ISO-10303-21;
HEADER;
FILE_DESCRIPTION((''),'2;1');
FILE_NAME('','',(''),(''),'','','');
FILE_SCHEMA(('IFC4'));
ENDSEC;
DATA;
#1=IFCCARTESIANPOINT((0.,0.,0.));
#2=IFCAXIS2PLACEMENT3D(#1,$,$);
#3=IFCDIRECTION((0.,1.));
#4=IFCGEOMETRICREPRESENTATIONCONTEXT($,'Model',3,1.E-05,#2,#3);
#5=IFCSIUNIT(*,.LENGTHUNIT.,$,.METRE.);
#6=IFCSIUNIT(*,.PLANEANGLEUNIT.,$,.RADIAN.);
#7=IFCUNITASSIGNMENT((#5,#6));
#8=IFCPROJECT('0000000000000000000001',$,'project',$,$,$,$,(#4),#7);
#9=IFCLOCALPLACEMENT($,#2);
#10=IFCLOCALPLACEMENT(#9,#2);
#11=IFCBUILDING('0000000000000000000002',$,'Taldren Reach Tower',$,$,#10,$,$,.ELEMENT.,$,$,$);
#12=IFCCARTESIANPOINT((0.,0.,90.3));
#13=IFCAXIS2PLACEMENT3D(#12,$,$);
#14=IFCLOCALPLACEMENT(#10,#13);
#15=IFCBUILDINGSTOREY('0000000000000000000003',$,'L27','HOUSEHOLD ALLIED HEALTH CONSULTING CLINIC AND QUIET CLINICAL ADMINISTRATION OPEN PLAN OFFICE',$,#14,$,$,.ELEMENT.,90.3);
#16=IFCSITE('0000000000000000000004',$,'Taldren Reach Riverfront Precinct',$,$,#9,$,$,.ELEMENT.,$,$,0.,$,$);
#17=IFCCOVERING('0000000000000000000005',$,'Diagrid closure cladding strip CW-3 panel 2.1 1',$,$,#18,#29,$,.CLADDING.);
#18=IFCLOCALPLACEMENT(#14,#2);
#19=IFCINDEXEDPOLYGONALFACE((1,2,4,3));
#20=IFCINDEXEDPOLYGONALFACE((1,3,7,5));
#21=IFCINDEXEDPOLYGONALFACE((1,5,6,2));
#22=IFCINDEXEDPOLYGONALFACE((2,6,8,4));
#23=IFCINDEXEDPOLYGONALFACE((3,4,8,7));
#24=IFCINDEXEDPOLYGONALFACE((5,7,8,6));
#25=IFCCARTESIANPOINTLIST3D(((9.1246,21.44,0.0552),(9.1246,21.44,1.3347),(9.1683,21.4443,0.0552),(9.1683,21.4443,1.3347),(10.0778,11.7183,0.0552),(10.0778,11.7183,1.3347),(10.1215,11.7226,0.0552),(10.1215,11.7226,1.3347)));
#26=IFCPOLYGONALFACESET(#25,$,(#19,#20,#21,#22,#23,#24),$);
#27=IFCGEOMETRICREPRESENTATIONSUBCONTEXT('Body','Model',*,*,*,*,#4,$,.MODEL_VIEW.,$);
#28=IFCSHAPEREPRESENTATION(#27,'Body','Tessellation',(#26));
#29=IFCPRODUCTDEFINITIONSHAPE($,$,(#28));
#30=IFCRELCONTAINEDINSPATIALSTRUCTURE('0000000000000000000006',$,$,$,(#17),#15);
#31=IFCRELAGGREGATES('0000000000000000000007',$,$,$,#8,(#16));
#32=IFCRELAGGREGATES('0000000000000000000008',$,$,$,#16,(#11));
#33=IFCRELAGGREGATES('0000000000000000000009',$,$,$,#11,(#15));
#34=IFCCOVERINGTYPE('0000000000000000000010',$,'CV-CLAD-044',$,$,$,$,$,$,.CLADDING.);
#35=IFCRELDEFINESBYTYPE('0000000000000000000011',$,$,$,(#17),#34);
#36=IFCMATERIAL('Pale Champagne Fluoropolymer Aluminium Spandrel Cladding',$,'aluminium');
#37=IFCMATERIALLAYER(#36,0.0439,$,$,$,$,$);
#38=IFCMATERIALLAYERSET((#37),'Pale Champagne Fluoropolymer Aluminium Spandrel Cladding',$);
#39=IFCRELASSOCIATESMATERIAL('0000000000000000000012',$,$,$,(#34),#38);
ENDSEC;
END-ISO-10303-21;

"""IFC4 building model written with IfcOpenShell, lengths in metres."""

from ifc_helpers import new_model, si_unit, direction, frame, origin, origin_2d, place, context, subcontext, project, spatial, rectangle, extrude, source, transform, mapped, material, layer, layer_set, type_object, element, save


model = new_model("IFC4")

# Units and contexts
model_context = context("Model", 3, precision=1e-05, world=origin(), true_north=direction((0.0, 1.0)))
body_context = subcontext(model_context, "Body", "Model", "MODEL_VIEW")
ifc_project = project(units=[si_unit("LENGTHUNIT", "METRE"), si_unit("PLANEANGLEUNIT", "RADIAN")], contexts=[model_context])

# Site, building, storey
site_placement = place(None, origin())
site = spatial("IfcSite", under=ifc_project, at=site_placement, Name="Taldren Reach Riverfront Precinct", CompositionType="ELEMENT", RefElevation=0.0)
building_placement = place(site_placement, origin())
building = spatial("IfcBuilding", under=site, at=building_placement, Name="Taldren Reach Tower", CompositionType="ELEMENT")
storey_placement = place(building_placement, frame((0.0, 0.0, 90.3)))
storey = spatial("IfcBuildingStorey", under=building, at=storey_placement, Name="L27", Description="HOUSEHOLD ALLIED HEALTH CONSULTING CLINIC AND QUIET CLINICAL ADMINISTRATION OPEN PLAN OFFICE", CompositionType="ELEMENT", Elevation=90.3)

# Covering
ifc_material_1 = material(Name="Pale Champagne Fluoropolymer Aluminium Spandrel Cladding", Category="aluminium")
ifc_layer_1 = layer(ifc_material_1, 0.0439)
ifc_layer_set_1 = layer_set([ifc_layer_1], Name="Pale Champagne Fluoropolymer Aluminium Spandrel Cladding")
covering_type = type_object("IfcCoveringType", Name="CV-CLAD-044", PredefinedType="CLADDING", material=ifc_layer_set_1)
shared_shape_1 = source(origin(), body_context, "Body", "SweptSolid", [
    extrude(rectangle(XDim=9.7683, YDim=0.0439, at=origin_2d()), origin(), (0.0, 0.0, 1.0), 1.2795),
])
covering_1_placement = place(storey_placement, frame((9.623, 16.5813, 0.0552), z_axis=(0.0, 0.0, 1.0), x_axis=(0.097583, -0.995227, 0.0)))
element("IfcCovering", 1, at=covering_1_placement, inside=storey, type_object=covering_type, Name="Diagrid closure cladding strip CW-3 panel 2.1 1", PredefinedType="CLADDING", context=body_context, shape_type="MappedRepresentation", body=[
    mapped(shared_shape_1, transform((0.0, 0.0, 0.0), scale=1.0)),
])

save(model, "model.ifc")
